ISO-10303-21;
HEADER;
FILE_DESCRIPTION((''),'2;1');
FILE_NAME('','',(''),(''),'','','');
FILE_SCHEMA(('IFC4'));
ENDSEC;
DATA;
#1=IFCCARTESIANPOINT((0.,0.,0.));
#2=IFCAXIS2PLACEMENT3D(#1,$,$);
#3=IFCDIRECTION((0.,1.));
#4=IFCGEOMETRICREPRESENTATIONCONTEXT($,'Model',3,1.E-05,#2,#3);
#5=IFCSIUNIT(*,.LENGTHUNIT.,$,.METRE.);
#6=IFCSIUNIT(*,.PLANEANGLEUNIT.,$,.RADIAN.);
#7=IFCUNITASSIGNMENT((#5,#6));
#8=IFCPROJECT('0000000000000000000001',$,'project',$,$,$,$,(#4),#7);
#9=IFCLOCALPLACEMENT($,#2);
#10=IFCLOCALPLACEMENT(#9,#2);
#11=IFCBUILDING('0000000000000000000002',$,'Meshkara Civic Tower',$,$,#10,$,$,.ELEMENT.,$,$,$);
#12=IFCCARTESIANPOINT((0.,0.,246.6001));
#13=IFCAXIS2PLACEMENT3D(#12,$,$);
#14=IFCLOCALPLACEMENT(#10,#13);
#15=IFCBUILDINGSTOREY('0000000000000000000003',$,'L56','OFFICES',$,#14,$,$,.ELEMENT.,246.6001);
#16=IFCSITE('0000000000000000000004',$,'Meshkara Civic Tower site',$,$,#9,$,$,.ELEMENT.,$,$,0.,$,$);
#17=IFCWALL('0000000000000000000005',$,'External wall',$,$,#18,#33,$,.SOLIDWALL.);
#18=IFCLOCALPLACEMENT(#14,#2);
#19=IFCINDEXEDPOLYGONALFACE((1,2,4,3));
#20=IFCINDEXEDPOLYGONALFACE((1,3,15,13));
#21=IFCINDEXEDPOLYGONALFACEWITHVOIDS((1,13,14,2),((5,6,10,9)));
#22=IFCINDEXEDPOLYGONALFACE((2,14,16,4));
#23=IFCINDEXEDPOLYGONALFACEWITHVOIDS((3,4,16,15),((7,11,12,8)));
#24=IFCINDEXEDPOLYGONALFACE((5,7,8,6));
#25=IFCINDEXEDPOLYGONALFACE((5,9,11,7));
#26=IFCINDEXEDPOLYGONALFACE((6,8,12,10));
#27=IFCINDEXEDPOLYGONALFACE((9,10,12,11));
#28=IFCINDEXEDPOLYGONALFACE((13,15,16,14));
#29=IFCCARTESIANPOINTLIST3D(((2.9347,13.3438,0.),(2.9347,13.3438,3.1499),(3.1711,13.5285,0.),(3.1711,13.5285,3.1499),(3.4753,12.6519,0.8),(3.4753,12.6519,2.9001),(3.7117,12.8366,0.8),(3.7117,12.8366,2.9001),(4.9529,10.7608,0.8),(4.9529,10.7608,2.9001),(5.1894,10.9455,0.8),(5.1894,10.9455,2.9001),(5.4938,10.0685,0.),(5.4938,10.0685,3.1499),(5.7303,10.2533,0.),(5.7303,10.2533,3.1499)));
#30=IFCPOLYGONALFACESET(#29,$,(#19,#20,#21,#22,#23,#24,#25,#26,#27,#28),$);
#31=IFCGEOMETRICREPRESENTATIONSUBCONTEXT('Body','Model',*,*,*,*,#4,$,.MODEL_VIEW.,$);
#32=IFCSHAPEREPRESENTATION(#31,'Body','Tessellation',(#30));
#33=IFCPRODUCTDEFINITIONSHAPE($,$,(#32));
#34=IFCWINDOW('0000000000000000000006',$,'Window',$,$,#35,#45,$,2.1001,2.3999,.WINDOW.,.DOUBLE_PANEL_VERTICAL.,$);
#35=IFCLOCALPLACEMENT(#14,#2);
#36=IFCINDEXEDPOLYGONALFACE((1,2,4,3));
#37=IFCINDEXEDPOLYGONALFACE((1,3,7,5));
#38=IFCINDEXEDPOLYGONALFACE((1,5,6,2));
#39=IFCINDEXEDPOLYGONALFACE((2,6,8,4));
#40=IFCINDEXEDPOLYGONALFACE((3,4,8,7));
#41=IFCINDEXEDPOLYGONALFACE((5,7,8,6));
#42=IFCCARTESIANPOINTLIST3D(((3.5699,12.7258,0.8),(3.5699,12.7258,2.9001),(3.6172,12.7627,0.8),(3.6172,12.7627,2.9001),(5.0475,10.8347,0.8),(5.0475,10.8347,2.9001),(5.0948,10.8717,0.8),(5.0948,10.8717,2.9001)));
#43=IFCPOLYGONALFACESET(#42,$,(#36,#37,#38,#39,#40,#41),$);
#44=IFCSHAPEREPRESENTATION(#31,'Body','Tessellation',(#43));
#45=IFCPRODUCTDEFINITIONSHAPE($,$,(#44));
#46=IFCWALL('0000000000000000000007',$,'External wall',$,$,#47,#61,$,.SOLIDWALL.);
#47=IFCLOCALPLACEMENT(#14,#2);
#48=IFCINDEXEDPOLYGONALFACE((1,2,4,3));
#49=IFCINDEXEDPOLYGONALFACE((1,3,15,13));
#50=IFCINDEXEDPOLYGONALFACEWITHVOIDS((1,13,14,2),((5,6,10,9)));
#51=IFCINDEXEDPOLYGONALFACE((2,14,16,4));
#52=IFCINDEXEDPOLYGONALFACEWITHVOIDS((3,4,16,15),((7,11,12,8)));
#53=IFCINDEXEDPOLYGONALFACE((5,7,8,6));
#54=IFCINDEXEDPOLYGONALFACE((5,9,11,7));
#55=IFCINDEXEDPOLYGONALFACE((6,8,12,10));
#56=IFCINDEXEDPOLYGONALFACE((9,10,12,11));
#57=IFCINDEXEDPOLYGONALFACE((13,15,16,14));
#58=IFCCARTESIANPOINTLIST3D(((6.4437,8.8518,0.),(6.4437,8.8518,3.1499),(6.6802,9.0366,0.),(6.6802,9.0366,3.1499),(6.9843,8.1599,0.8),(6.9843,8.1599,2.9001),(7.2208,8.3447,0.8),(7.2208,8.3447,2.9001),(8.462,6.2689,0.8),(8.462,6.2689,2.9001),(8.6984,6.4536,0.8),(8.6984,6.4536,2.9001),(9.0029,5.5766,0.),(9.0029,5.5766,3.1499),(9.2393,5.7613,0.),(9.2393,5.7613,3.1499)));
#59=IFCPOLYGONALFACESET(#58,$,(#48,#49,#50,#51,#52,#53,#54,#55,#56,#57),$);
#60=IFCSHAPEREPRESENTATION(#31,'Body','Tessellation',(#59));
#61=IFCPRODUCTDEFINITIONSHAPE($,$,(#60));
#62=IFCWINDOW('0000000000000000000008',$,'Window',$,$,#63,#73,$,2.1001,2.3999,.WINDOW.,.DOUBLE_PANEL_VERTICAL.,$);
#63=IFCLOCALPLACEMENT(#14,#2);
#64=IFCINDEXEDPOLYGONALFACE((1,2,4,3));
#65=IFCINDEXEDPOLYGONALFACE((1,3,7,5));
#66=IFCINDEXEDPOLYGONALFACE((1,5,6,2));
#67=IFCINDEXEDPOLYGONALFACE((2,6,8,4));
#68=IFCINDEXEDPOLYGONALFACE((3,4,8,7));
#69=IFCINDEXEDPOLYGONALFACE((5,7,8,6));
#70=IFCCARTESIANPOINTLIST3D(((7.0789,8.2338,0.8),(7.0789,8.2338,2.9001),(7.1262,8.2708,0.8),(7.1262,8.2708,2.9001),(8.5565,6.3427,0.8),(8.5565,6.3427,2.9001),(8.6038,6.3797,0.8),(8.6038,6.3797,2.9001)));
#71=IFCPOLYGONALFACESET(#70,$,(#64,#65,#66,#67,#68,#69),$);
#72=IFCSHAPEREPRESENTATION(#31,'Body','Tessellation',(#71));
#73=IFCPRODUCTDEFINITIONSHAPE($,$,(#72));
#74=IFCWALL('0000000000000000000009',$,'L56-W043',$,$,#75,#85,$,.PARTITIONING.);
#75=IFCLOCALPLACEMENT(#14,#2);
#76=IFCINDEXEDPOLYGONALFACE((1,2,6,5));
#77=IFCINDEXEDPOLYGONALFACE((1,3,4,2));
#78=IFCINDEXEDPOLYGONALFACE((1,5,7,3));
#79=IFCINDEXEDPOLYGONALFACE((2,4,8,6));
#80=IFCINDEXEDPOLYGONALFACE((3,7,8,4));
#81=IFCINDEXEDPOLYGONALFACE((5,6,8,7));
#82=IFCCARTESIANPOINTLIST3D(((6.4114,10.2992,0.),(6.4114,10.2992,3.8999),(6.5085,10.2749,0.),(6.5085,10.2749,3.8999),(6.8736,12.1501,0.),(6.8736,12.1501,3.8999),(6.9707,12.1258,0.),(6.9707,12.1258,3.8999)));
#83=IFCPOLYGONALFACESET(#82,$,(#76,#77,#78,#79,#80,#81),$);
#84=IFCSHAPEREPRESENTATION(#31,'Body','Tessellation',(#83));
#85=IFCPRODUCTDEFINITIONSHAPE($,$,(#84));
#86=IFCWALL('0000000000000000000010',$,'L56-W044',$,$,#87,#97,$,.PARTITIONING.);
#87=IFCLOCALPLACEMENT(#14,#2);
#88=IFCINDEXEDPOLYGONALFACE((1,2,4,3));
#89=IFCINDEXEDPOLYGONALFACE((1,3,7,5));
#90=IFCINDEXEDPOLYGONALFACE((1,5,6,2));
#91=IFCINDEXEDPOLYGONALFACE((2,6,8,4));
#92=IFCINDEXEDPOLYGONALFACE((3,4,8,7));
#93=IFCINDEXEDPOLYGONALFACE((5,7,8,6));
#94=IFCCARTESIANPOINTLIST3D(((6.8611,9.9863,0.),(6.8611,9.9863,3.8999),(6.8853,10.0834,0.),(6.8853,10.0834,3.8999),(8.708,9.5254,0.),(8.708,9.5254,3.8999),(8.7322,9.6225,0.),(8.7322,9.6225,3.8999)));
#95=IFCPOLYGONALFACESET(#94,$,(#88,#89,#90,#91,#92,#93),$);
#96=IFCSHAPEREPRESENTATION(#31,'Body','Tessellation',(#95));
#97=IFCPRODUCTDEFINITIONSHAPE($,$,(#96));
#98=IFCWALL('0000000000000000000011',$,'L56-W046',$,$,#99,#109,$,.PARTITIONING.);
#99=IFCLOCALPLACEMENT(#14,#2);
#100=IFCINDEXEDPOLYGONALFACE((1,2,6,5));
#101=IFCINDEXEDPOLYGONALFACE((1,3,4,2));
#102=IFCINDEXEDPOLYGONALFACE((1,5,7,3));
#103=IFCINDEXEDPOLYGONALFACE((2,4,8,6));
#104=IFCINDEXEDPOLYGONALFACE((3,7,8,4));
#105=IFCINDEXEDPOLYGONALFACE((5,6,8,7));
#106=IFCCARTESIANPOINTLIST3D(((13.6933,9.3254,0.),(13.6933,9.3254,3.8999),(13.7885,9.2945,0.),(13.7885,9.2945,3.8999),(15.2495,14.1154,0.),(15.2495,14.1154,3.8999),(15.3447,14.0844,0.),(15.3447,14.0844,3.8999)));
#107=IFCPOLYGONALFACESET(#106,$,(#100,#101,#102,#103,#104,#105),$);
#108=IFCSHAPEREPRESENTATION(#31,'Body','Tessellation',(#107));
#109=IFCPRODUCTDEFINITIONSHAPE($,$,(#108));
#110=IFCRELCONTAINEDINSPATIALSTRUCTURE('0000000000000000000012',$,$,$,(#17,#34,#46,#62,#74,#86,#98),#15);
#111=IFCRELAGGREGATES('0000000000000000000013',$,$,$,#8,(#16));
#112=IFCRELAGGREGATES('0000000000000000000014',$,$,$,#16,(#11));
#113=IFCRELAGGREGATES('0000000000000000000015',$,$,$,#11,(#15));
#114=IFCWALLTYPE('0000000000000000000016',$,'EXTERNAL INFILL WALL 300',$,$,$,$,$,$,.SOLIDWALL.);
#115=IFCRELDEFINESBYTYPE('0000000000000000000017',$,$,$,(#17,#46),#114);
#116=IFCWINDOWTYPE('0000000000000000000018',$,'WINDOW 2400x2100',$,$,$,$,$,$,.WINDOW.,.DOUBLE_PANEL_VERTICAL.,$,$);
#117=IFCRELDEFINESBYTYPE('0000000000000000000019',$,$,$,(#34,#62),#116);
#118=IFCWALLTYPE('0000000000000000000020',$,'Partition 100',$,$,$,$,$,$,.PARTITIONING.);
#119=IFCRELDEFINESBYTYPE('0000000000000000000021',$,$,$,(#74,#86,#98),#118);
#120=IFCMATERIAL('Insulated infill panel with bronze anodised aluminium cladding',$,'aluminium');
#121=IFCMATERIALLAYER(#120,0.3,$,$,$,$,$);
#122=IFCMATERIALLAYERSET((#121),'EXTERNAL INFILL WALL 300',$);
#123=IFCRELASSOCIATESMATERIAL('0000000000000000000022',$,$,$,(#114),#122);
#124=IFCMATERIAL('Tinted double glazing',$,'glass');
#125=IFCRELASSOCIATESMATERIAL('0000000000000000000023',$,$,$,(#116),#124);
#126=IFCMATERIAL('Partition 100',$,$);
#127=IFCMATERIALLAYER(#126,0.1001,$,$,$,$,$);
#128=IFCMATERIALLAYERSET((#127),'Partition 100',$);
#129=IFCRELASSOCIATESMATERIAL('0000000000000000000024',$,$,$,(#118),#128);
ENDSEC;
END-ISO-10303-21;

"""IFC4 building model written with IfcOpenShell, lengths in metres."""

from ifc_helpers import new_model, si_unit, direction, frame, frame_2d, origin, place, context, subcontext, project, spatial, rectangle, extrude, material, layer, layer_set, type_object, element, fill, save


model = new_model("IFC4")

# Units and contexts
model_context = context("Model", 3, precision=1e-05, world=origin(), true_north=direction((0.0, 1.0)))
body_context = subcontext(model_context, "Body", "Model", "MODEL_VIEW")
ifc_project = project(units=[si_unit("LENGTHUNIT", "METRE"), si_unit("PLANEANGLEUNIT", "RADIAN")], contexts=[model_context])

# Site, building, storey
site_placement = place(None, origin())
site = spatial("IfcSite", under=ifc_project, at=site_placement, Name="Meshkara Civic Tower site", CompositionType="ELEMENT", RefElevation=0.0)
building_placement = place(site_placement, origin())
building = spatial("IfcBuilding", under=site, at=building_placement, Name="Meshkara Civic Tower", CompositionType="ELEMENT")
storey_placement = place(building_placement, frame((0.0, 0.0, 246.6001)))
storey = spatial("IfcBuildingStorey", under=building, at=storey_placement, Name="L56", Description="OFFICES", CompositionType="ELEMENT", Elevation=246.6001)

# Walls, openings, windows
ifc_material_1 = material(Name="Insulated infill panel with bronze anodised aluminium cladding", Category="aluminium")
ifc_layer_1 = layer(ifc_material_1, 0.3)
ifc_layer_set_1 = layer_set([ifc_layer_1], Name="EXTERNAL INFILL WALL 300")
wall_type_1 = type_object("IfcWallType", Name="EXTERNAL INFILL WALL 300", PredefinedType="SOLIDWALL", material=ifc_layer_set_1)
wall_1_placement = place(storey_placement, frame((3.053, 13.436, 0.0), z_axis=(0.0, 0.0, 1.0), x_axis=(0.6157, -0.787981, 0.0)))
wall_1 = element("IfcWall", 1, at=wall_1_placement, inside=storey, type_object=wall_type_1, Name="External wall", PredefinedType="SOLIDWALL", context=body_context, shape_type="SweptSolid", body=[
    extrude(rectangle(XDim=4.1565, YDim=0.3, at=frame_2d((2.0781, 0.0))), origin(), (0.0, 0.0, 1.0), 3.1499),
])
opening_1_placement = place(wall_1_placement, frame((0.8779, 0.0, 0.8)))
opening_1 = element("IfcOpeningElement", 2, at=opening_1_placement, cuts=wall_1, PredefinedType="OPENING", context=body_context, shape_type="SweptSolid", body=[
    extrude(rectangle(XDim=2.3999, YDim=2.1001, at=frame_2d((1.2, 1.05))), frame((0.0, 0.1599, 0.0), z_axis=(0.0, -1.0, 0.0), x_axis=(1.0, 0.0, 0.0)), (0.0, 0.0, 1.0), 0.3201),
])
ifc_material_2 = material(Name="Tinted double glazing", Category="glass")
window_type = type_object("IfcWindowType", Name="WINDOW 2400x2100", PartitioningType="DOUBLE_PANEL_VERTICAL", PredefinedType="WINDOW", material=ifc_material_2)
window_1_placement = place(opening_1_placement, origin())
window_1 = element("IfcWindow", 3, at=window_1_placement, inside=storey, type_object=window_type, Name="Window", OverallHeight=2.1001, OverallWidth=2.3999, PartitioningType="DOUBLE_PANEL_VERTICAL", PredefinedType="WINDOW", context=body_context, shape_type="SweptSolid", body=[
    extrude(rectangle(XDim=2.3999, YDim=2.1001, at=frame_2d((1.2, 1.05))), frame((0.0, 0.03, 0.0), z_axis=(0.0, -1.0, 0.0), x_axis=(1.0, 0.0, 0.0)), (0.0, 0.0, 1.0), 0.0601),
])
fill(opening_1, window_1)
wall_2_placement = place(storey_placement, frame((6.562, 8.9441, 0.0), z_axis=(0.0, 0.0, 1.0), x_axis=(0.6157, -0.787981, 0.0)))
wall_2 = element("IfcWall", 4, at=wall_2_placement, inside=storey, type_object=wall_type_1, Name="External wall", PredefinedType="SOLIDWALL", context=body_context, shape_type="SweptSolid", body=[
    extrude(rectangle(XDim=4.1565, YDim=0.3, at=frame_2d((2.0781, 0.0))), origin(), (0.0, 0.0, 1.0), 3.1499),
])
opening_2_placement = place(wall_2_placement, frame((0.8779, 0.0, 0.8)))
opening_2 = element("IfcOpeningElement", 5, at=opening_2_placement, cuts=wall_2, PredefinedType="OPENING", context=body_context, shape_type="SweptSolid", body=[
    extrude(rectangle(XDim=2.3999, YDim=2.1001, at=frame_2d((1.2, 1.05))), frame((0.0, 0.1599, 0.0), z_axis=(0.0, -1.0, 0.0), x_axis=(1.0, 0.0, 0.0)), (0.0, 0.0, 1.0), 0.3201),
])
window_2_placement = place(opening_2_placement, origin())
window_2 = element("IfcWindow", 6, at=window_2_placement, inside=storey, type_object=window_type, Name="Window", OverallHeight=2.1001, OverallWidth=2.3999, PartitioningType="DOUBLE_PANEL_VERTICAL", PredefinedType="WINDOW", context=body_context, shape_type="SweptSolid", body=[
    extrude(rectangle(XDim=2.3999, YDim=2.1001, at=frame_2d((1.2, 1.05))), frame((0.0, 0.03, 0.0), z_axis=(0.0, -1.0, 0.0), x_axis=(1.0, 0.0, 0.0)), (0.0, 0.0, 1.0), 0.0601),
])
fill(opening_2, window_2)

# Walls
ifc_material_3 = material(Name="Partition 100")
ifc_layer_2 = layer(ifc_material_3, 0.1001)
ifc_layer_set_2 = layer_set([ifc_layer_2], Name="Partition 100")
wall_type_2 = type_object("IfcWallType", Name="Partition 100", PredefinedType="PARTITIONING", material=ifc_layer_set_2)
wall_3_placement = place(storey_placement, frame((6.9221, 12.1379, 0.0), z_axis=(0.0, 0.0, 1.0), x_axis=(-0.242265, -0.97021, 0.0)))
element("IfcWall", 7, at=wall_3_placement, inside=storey, type_object=wall_type_2, Name="L56-W043", PredefinedType="PARTITIONING", context=body_context, shape_type="SweptSolid", body=[
    extrude(rectangle(XDim=1.9077, YDim=0.1001, at=frame_2d((0.9539, 0.0))), origin(), (0.0, 0.0, 1.0), 3.8999),
])
wall_4_placement = place(storey_placement, frame((8.72, 9.574, 0.0), z_axis=(0.0, 0.0, 1.0), x_axis=(-0.97024, 0.242143, 0.0)))
element("IfcWall", 8, at=wall_4_placement, inside=storey, type_object=wall_type_2, Name="L56-W044", PredefinedType="PARTITIONING", context=body_context, shape_type="SweptSolid", body=[
    extrude(rectangle(XDim=1.9036, YDim=0.1001, at=frame_2d((0.9517, 0.0))), origin(), (0.0, 0.0, 1.0), 3.8999),
])
wall_5_placement = place(storey_placement, frame((13.741, 9.3101, 0.0), z_axis=(0.0, 0.0, 1.0), x_axis=(0.308976, 0.95107, 0.0)))
element("IfcWall", 9, at=wall_5_placement, inside=storey, type_object=wall_type_2, Name="L56-W046", PredefinedType="PARTITIONING", context=body_context, shape_type="SweptSolid", body=[
    extrude(rectangle(XDim=5.0364, YDim=0.1001, at=frame_2d((2.5181, 0.0))), origin(), (0.0, 0.0, 1.0), 3.8999),
])

save(model, "model.ifc")
